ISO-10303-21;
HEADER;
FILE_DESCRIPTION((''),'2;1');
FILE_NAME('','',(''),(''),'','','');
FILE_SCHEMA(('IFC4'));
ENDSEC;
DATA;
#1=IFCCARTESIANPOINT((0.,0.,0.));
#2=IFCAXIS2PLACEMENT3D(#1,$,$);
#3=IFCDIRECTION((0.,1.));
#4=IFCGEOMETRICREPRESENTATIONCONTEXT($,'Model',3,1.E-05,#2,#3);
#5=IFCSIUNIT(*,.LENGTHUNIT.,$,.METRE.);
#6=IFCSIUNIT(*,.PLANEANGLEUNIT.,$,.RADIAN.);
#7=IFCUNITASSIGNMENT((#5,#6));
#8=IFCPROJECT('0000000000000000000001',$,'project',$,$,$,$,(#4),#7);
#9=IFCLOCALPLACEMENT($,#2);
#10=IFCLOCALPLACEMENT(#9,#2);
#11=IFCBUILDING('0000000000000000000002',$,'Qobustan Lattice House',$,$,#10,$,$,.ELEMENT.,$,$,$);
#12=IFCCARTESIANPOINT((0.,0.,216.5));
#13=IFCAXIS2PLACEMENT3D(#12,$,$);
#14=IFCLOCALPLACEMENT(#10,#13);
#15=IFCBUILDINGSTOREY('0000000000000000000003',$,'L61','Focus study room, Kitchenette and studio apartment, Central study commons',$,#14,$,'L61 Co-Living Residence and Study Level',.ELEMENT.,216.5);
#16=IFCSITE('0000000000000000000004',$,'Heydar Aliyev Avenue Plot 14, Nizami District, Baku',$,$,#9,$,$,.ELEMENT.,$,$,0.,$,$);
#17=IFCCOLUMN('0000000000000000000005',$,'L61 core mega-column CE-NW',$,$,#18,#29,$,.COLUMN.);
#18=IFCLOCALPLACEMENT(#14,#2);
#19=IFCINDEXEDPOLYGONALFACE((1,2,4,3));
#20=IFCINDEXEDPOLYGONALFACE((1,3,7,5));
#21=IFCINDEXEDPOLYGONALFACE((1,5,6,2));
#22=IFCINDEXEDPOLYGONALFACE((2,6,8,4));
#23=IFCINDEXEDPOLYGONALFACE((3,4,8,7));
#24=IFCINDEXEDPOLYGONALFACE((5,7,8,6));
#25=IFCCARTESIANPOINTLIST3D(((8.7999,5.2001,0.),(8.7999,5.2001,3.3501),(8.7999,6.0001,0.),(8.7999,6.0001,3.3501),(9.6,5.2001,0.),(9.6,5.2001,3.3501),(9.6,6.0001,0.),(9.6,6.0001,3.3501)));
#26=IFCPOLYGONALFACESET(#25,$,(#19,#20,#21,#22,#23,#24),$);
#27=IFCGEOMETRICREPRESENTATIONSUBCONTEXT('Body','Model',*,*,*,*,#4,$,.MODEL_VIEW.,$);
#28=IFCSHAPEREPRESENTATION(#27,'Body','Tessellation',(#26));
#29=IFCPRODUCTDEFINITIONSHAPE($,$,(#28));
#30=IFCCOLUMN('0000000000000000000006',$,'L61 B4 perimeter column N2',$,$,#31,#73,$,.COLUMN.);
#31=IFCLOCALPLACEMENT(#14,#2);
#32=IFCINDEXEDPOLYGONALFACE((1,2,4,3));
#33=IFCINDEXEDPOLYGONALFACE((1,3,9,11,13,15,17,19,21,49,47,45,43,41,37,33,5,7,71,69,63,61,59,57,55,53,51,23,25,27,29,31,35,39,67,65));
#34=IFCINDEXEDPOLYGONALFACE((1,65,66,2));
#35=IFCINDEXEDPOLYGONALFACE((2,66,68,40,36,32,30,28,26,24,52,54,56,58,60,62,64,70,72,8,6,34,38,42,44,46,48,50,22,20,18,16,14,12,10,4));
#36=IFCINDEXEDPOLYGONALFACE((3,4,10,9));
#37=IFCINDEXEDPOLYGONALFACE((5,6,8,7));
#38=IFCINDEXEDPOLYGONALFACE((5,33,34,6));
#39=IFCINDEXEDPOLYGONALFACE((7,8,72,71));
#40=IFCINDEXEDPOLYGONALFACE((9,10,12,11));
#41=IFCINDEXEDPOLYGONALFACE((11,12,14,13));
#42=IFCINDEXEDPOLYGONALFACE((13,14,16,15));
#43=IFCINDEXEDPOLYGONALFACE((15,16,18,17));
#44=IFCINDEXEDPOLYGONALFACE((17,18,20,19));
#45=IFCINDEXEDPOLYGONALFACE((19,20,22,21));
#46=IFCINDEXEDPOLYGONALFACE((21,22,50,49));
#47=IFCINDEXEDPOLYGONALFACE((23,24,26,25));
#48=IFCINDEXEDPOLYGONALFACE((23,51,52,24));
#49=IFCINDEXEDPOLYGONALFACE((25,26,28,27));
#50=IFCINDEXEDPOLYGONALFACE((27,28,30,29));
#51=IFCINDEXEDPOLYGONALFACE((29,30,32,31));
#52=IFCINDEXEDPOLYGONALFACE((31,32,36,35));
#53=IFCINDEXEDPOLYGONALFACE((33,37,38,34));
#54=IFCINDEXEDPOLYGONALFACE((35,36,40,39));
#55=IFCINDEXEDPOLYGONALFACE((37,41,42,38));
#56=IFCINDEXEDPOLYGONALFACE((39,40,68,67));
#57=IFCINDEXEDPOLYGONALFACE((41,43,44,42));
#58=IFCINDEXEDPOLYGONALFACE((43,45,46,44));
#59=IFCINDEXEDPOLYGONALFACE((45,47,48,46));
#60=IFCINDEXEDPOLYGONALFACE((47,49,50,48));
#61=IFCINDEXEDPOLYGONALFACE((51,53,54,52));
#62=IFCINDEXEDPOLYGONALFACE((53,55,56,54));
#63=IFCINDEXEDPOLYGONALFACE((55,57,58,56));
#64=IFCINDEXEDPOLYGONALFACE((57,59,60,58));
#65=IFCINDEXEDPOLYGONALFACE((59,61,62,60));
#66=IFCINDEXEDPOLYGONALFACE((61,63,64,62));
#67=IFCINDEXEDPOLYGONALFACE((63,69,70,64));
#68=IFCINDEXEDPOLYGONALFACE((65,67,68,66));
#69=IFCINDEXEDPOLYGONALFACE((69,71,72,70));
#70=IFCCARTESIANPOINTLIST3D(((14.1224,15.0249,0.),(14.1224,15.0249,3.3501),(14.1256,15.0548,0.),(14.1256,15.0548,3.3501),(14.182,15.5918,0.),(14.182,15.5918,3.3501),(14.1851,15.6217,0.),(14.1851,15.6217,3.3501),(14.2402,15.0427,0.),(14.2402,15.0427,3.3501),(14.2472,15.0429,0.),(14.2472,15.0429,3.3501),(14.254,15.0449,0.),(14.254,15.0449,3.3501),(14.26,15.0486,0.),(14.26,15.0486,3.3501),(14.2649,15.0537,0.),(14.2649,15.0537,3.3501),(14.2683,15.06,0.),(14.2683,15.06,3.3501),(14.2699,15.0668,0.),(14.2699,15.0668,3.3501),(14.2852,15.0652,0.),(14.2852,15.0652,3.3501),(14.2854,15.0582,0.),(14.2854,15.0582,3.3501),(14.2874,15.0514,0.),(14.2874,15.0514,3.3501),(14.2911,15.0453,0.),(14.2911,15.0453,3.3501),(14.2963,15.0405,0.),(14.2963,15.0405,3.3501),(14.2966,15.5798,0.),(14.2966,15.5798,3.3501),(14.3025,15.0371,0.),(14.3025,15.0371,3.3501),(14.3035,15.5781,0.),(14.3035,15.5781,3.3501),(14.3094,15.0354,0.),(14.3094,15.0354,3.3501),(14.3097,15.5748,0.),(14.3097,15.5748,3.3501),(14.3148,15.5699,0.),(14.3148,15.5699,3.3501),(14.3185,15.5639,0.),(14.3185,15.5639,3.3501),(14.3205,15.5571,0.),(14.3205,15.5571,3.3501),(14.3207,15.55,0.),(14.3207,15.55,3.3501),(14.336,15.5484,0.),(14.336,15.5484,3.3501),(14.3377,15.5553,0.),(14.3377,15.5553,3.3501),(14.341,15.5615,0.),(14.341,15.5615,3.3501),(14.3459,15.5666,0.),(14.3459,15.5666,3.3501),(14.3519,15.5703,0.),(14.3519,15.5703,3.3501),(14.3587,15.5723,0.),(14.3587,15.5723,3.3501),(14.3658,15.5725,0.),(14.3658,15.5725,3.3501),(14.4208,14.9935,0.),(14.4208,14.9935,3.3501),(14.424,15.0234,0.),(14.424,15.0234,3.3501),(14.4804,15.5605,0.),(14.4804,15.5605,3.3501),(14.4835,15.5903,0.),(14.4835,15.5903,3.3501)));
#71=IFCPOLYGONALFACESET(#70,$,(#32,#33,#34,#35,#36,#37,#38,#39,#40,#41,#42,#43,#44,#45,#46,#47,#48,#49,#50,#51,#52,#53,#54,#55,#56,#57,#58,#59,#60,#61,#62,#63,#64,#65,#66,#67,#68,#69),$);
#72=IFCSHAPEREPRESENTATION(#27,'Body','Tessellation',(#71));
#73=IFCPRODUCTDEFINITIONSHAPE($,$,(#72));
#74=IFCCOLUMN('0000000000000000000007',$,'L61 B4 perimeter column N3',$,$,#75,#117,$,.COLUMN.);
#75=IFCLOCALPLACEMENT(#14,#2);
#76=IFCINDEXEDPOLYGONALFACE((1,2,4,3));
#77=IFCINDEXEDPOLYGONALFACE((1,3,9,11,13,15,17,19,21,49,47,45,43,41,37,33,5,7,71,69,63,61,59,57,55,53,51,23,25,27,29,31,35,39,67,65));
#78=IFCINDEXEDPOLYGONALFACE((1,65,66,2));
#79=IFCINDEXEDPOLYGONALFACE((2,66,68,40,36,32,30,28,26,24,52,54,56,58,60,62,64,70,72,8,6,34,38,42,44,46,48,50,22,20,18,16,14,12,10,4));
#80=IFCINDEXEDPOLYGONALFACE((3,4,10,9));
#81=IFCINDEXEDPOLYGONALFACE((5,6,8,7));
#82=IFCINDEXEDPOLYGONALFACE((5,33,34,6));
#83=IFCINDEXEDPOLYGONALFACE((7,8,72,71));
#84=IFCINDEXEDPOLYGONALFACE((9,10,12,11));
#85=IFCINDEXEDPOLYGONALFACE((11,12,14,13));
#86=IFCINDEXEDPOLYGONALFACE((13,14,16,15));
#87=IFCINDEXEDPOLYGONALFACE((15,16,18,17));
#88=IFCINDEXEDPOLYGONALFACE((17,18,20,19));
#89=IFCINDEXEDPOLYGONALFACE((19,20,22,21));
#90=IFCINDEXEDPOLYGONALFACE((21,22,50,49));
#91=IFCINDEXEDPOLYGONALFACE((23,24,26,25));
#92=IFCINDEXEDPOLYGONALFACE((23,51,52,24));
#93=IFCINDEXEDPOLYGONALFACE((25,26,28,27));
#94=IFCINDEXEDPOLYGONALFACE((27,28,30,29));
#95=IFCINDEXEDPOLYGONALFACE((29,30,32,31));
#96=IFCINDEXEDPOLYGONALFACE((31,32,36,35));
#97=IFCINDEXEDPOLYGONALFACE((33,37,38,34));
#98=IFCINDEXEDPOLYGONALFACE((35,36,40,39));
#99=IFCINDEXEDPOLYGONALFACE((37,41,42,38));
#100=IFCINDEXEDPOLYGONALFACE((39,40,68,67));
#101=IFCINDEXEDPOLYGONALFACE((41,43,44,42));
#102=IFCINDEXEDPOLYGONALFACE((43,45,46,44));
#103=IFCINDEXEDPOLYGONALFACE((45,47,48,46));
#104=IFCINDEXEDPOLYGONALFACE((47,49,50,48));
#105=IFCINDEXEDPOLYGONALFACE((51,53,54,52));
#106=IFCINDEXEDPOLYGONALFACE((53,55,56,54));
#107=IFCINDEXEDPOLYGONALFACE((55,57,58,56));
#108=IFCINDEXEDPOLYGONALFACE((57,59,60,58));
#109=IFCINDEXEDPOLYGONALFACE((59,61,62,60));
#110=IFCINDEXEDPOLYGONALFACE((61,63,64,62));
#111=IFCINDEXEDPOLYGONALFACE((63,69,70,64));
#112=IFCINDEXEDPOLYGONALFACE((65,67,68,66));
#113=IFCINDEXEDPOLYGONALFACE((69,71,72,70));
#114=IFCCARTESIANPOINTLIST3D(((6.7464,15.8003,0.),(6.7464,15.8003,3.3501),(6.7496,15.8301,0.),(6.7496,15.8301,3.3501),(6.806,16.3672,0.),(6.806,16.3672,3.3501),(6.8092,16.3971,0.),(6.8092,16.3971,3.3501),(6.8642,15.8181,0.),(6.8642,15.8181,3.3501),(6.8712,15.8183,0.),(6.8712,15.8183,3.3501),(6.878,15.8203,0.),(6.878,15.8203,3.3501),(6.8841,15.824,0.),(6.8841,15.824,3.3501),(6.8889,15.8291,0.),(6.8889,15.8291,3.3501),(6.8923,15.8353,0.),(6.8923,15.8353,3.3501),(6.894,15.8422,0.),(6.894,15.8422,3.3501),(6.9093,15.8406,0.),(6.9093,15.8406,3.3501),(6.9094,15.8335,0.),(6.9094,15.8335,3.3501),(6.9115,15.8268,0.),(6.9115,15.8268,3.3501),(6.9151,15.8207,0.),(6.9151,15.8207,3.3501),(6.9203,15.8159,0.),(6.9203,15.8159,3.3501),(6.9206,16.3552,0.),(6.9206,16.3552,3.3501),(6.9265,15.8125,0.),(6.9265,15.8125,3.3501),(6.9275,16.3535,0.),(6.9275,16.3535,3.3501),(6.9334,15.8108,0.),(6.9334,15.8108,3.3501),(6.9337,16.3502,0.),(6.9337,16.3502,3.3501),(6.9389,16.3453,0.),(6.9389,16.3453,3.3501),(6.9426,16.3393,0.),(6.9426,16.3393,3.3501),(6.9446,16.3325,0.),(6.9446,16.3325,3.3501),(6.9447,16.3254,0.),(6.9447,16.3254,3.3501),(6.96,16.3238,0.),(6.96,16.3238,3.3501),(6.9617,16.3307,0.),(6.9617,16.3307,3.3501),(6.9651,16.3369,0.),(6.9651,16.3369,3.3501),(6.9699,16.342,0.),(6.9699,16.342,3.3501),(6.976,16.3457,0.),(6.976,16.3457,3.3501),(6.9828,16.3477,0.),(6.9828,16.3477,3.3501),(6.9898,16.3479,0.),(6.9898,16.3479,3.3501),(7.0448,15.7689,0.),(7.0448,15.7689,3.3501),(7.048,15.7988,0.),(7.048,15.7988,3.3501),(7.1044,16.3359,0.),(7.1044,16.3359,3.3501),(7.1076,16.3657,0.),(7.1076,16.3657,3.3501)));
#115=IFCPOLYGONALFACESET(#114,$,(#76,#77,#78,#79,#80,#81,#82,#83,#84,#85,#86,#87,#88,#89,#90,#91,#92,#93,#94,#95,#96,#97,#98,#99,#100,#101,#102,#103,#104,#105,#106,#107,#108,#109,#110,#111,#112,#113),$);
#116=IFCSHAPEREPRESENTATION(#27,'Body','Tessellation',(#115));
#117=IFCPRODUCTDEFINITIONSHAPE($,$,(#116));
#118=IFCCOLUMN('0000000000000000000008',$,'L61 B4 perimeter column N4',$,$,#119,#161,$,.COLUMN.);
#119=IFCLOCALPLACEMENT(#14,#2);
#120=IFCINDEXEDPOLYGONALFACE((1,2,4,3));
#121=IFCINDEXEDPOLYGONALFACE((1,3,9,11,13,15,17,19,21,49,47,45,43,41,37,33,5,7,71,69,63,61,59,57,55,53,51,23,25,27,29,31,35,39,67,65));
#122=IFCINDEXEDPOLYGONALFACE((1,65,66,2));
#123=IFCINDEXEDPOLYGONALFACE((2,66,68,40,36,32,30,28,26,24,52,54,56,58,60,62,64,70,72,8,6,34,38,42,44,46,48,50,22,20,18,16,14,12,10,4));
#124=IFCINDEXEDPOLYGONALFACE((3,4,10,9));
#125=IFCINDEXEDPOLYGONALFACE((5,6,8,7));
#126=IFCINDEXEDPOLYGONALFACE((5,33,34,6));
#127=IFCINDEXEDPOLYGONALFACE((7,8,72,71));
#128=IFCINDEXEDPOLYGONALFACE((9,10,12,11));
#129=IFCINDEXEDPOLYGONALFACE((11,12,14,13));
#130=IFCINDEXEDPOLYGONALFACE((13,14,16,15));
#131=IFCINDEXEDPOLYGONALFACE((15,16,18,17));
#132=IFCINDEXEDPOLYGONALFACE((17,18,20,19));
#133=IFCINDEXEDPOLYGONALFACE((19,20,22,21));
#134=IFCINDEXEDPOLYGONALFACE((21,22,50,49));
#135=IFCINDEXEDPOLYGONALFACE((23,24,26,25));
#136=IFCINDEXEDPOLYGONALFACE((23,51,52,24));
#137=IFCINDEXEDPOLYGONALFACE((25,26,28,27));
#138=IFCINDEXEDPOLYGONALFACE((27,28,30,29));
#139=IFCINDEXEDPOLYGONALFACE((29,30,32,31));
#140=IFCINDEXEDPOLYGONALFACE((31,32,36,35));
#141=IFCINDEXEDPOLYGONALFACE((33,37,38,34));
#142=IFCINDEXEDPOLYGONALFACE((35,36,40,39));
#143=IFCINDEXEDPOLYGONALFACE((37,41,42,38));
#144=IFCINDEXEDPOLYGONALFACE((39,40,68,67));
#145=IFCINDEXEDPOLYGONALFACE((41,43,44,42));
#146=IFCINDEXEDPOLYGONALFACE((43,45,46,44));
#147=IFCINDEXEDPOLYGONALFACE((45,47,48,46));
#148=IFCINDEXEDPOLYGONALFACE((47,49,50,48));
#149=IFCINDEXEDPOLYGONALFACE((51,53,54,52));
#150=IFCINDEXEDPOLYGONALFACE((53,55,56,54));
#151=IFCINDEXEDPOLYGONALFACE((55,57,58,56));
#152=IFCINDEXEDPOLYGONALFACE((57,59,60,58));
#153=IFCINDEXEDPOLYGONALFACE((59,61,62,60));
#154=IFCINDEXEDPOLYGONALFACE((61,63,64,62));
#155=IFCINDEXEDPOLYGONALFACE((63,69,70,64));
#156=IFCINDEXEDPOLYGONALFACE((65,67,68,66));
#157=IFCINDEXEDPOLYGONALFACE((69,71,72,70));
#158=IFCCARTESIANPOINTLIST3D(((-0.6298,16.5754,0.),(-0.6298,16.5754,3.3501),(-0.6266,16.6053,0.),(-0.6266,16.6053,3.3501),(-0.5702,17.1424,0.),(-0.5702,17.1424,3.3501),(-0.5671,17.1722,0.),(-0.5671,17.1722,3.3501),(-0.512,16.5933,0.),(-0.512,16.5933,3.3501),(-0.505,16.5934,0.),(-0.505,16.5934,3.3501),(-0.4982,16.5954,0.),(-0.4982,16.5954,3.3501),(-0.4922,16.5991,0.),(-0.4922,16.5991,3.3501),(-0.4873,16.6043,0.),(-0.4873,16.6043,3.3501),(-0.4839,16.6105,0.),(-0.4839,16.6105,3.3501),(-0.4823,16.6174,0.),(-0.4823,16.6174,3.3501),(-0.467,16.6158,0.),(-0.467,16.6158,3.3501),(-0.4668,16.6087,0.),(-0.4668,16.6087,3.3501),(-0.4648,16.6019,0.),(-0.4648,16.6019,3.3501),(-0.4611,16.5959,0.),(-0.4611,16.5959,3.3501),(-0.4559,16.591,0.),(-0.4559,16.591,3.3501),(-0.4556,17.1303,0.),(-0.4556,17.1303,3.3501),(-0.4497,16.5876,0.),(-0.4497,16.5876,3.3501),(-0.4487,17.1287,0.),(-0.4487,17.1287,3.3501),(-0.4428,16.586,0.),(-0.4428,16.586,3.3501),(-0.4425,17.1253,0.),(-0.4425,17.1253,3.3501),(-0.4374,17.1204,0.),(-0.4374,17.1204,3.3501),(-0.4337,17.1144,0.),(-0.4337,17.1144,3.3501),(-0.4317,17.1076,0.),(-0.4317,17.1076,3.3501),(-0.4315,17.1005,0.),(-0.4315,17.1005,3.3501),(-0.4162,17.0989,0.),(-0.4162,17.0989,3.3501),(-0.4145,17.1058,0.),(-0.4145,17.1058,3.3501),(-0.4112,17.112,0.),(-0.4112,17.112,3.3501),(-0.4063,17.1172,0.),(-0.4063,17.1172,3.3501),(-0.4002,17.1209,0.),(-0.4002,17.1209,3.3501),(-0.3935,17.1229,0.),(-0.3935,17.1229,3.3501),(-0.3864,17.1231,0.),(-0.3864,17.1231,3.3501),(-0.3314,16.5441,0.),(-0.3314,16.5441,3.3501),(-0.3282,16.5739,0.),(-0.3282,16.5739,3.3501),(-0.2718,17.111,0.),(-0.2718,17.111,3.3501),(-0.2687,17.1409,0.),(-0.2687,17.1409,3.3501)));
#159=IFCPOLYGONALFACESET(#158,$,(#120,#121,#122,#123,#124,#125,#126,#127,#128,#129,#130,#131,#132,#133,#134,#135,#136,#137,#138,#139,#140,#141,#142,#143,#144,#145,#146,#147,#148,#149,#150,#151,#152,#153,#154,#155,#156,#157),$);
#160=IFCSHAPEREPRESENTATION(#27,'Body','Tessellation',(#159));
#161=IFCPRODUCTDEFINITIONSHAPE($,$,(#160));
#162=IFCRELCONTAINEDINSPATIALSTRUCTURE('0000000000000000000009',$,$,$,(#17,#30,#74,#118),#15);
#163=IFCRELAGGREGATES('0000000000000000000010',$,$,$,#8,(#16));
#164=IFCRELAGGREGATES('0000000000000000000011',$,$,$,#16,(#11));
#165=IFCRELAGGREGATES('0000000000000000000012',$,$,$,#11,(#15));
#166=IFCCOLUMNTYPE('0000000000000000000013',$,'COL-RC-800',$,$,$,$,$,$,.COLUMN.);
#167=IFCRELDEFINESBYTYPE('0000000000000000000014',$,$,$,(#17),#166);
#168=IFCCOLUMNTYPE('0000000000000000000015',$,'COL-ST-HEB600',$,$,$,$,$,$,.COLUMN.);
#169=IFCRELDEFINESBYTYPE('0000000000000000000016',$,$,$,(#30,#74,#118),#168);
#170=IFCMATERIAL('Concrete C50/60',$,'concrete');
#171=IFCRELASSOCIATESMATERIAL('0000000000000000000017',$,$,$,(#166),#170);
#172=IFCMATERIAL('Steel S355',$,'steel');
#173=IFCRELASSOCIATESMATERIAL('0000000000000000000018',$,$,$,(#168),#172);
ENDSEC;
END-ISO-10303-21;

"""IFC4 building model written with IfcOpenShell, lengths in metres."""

from ifc_helpers import new_model, si_unit, direction, frame, origin, origin_2d, place, context, subcontext, project, spatial, rectangle, i_section, extrude, material, material_profile, profile_set, type_object, element, save


model = new_model("IFC4")

# Units and contexts
model_context = context("Model", 3, precision=1e-05, world=origin(), true_north=direction((0.0, 1.0)))
body_context = subcontext(model_context, "Body", "Model", "MODEL_VIEW")
ifc_project = project(units=[si_unit("LENGTHUNIT", "METRE"), si_unit("PLANEANGLEUNIT", "RADIAN")], contexts=[model_context])

# Site, building, storey
site_placement = place(None, origin())
site = spatial("IfcSite", under=ifc_project, at=site_placement, Name="Heydar Aliyev Avenue Plot 14, Nizami District, Baku", CompositionType="ELEMENT", RefElevation=0.0)
building_placement = place(site_placement, origin())
building = spatial("IfcBuilding", under=site, at=building_placement, Name="Qobustan Lattice House", CompositionType="ELEMENT")
storey_placement = place(building_placement, frame((0.0, 0.0, 216.5)))
storey = spatial("IfcBuildingStorey", under=building, at=storey_placement, Name="L61", Description="Focus study room, Kitchenette and studio apartment, Central study commons", LongName="L61 Co-Living Residence and Study Level", CompositionType="ELEMENT", Elevation=216.5)

# Columns
ifc_material_1 = material(Name="Concrete C50/60", Category="concrete")
ifc_material_profile_1 = material_profile(ifc_material_1, rectangle(XDim=0.8, YDim=0.8, at=origin_2d()), Name="RC800x800")
ifc_profile_set_1 = profile_set([ifc_material_profile_1], Name="Concrete C50/60")
column_type_1 = type_object("IfcColumnType", Name="COL-RC-800", PredefinedType="COLUMN", material=ifc_profile_set_1)
column_placement = place(storey_placement, frame((9.2, 5.6001, 0.0), z_axis=(0.0, 0.0, 1.0), x_axis=(1.0, 0.0, 0.0)))
element("IfcColumn", 1, at=column_placement, inside=storey, type_object=column_type_1, Name="L61 core mega-column CE-NW", PredefinedType="COLUMN", context=body_context, shape_type="SweptSolid", body=[
    extrude(rectangle(XDim=0.8, YDim=0.8, at=origin_2d()), origin(), (0.0, 0.0, 1.0), 3.3501),
])
ifc_material_2 = material(Name="Steel S355", Category="steel")
ifc_material_profile_2 = material_profile(ifc_material_2, i_section(OverallWidth=0.3, OverallDepth=0.6001, WebThickness=0.0154, FlangeThickness=0.03, FilletRadius=0.0271, at=origin_2d()), Name="HEB600")
ifc_profile_set_2 = profile_set([ifc_material_profile_2], Name="Steel S355")
column_type_2 = type_object("IfcColumnType", Name="COL-ST-HEB600", PredefinedType="COLUMN", material=ifc_profile_set_2)
for number, where, z_axis, x_axis, name in (
    (2, (14.303, 15.3076, 0.0), (0.0, 0.0, 1.0), (0.994522, -0.104528, 0.0), "L61 B4 perimeter column N2"),
    (3, (6.927, 16.083, 0.0), (0.0, 0.0, 1.0), (0.994522, -0.104528, 0.0), "L61 B4 perimeter column N3"),
    (4, (-0.4492, 16.8582, 0.0), (0.0, 0.0, 1.0), (0.994522, -0.104528, 0.0), "L61 B4 perimeter column N4"),
):
    element("IfcColumn", number, at=place(storey_placement, frame(where, z_axis=z_axis, x_axis=x_axis)), inside=storey, type_object=column_type_2, Name=name, PredefinedType="COLUMN", context=body_context, shape_type="SweptSolid", body=[
        extrude(i_section(OverallWidth=0.3, OverallDepth=0.6001, WebThickness=0.0154, FlangeThickness=0.03, FilletRadius=0.0271, at=origin_2d()), origin(), (0.0, 0.0, 1.0), 3.3501),
    ])

save(model, "model.ifc")
